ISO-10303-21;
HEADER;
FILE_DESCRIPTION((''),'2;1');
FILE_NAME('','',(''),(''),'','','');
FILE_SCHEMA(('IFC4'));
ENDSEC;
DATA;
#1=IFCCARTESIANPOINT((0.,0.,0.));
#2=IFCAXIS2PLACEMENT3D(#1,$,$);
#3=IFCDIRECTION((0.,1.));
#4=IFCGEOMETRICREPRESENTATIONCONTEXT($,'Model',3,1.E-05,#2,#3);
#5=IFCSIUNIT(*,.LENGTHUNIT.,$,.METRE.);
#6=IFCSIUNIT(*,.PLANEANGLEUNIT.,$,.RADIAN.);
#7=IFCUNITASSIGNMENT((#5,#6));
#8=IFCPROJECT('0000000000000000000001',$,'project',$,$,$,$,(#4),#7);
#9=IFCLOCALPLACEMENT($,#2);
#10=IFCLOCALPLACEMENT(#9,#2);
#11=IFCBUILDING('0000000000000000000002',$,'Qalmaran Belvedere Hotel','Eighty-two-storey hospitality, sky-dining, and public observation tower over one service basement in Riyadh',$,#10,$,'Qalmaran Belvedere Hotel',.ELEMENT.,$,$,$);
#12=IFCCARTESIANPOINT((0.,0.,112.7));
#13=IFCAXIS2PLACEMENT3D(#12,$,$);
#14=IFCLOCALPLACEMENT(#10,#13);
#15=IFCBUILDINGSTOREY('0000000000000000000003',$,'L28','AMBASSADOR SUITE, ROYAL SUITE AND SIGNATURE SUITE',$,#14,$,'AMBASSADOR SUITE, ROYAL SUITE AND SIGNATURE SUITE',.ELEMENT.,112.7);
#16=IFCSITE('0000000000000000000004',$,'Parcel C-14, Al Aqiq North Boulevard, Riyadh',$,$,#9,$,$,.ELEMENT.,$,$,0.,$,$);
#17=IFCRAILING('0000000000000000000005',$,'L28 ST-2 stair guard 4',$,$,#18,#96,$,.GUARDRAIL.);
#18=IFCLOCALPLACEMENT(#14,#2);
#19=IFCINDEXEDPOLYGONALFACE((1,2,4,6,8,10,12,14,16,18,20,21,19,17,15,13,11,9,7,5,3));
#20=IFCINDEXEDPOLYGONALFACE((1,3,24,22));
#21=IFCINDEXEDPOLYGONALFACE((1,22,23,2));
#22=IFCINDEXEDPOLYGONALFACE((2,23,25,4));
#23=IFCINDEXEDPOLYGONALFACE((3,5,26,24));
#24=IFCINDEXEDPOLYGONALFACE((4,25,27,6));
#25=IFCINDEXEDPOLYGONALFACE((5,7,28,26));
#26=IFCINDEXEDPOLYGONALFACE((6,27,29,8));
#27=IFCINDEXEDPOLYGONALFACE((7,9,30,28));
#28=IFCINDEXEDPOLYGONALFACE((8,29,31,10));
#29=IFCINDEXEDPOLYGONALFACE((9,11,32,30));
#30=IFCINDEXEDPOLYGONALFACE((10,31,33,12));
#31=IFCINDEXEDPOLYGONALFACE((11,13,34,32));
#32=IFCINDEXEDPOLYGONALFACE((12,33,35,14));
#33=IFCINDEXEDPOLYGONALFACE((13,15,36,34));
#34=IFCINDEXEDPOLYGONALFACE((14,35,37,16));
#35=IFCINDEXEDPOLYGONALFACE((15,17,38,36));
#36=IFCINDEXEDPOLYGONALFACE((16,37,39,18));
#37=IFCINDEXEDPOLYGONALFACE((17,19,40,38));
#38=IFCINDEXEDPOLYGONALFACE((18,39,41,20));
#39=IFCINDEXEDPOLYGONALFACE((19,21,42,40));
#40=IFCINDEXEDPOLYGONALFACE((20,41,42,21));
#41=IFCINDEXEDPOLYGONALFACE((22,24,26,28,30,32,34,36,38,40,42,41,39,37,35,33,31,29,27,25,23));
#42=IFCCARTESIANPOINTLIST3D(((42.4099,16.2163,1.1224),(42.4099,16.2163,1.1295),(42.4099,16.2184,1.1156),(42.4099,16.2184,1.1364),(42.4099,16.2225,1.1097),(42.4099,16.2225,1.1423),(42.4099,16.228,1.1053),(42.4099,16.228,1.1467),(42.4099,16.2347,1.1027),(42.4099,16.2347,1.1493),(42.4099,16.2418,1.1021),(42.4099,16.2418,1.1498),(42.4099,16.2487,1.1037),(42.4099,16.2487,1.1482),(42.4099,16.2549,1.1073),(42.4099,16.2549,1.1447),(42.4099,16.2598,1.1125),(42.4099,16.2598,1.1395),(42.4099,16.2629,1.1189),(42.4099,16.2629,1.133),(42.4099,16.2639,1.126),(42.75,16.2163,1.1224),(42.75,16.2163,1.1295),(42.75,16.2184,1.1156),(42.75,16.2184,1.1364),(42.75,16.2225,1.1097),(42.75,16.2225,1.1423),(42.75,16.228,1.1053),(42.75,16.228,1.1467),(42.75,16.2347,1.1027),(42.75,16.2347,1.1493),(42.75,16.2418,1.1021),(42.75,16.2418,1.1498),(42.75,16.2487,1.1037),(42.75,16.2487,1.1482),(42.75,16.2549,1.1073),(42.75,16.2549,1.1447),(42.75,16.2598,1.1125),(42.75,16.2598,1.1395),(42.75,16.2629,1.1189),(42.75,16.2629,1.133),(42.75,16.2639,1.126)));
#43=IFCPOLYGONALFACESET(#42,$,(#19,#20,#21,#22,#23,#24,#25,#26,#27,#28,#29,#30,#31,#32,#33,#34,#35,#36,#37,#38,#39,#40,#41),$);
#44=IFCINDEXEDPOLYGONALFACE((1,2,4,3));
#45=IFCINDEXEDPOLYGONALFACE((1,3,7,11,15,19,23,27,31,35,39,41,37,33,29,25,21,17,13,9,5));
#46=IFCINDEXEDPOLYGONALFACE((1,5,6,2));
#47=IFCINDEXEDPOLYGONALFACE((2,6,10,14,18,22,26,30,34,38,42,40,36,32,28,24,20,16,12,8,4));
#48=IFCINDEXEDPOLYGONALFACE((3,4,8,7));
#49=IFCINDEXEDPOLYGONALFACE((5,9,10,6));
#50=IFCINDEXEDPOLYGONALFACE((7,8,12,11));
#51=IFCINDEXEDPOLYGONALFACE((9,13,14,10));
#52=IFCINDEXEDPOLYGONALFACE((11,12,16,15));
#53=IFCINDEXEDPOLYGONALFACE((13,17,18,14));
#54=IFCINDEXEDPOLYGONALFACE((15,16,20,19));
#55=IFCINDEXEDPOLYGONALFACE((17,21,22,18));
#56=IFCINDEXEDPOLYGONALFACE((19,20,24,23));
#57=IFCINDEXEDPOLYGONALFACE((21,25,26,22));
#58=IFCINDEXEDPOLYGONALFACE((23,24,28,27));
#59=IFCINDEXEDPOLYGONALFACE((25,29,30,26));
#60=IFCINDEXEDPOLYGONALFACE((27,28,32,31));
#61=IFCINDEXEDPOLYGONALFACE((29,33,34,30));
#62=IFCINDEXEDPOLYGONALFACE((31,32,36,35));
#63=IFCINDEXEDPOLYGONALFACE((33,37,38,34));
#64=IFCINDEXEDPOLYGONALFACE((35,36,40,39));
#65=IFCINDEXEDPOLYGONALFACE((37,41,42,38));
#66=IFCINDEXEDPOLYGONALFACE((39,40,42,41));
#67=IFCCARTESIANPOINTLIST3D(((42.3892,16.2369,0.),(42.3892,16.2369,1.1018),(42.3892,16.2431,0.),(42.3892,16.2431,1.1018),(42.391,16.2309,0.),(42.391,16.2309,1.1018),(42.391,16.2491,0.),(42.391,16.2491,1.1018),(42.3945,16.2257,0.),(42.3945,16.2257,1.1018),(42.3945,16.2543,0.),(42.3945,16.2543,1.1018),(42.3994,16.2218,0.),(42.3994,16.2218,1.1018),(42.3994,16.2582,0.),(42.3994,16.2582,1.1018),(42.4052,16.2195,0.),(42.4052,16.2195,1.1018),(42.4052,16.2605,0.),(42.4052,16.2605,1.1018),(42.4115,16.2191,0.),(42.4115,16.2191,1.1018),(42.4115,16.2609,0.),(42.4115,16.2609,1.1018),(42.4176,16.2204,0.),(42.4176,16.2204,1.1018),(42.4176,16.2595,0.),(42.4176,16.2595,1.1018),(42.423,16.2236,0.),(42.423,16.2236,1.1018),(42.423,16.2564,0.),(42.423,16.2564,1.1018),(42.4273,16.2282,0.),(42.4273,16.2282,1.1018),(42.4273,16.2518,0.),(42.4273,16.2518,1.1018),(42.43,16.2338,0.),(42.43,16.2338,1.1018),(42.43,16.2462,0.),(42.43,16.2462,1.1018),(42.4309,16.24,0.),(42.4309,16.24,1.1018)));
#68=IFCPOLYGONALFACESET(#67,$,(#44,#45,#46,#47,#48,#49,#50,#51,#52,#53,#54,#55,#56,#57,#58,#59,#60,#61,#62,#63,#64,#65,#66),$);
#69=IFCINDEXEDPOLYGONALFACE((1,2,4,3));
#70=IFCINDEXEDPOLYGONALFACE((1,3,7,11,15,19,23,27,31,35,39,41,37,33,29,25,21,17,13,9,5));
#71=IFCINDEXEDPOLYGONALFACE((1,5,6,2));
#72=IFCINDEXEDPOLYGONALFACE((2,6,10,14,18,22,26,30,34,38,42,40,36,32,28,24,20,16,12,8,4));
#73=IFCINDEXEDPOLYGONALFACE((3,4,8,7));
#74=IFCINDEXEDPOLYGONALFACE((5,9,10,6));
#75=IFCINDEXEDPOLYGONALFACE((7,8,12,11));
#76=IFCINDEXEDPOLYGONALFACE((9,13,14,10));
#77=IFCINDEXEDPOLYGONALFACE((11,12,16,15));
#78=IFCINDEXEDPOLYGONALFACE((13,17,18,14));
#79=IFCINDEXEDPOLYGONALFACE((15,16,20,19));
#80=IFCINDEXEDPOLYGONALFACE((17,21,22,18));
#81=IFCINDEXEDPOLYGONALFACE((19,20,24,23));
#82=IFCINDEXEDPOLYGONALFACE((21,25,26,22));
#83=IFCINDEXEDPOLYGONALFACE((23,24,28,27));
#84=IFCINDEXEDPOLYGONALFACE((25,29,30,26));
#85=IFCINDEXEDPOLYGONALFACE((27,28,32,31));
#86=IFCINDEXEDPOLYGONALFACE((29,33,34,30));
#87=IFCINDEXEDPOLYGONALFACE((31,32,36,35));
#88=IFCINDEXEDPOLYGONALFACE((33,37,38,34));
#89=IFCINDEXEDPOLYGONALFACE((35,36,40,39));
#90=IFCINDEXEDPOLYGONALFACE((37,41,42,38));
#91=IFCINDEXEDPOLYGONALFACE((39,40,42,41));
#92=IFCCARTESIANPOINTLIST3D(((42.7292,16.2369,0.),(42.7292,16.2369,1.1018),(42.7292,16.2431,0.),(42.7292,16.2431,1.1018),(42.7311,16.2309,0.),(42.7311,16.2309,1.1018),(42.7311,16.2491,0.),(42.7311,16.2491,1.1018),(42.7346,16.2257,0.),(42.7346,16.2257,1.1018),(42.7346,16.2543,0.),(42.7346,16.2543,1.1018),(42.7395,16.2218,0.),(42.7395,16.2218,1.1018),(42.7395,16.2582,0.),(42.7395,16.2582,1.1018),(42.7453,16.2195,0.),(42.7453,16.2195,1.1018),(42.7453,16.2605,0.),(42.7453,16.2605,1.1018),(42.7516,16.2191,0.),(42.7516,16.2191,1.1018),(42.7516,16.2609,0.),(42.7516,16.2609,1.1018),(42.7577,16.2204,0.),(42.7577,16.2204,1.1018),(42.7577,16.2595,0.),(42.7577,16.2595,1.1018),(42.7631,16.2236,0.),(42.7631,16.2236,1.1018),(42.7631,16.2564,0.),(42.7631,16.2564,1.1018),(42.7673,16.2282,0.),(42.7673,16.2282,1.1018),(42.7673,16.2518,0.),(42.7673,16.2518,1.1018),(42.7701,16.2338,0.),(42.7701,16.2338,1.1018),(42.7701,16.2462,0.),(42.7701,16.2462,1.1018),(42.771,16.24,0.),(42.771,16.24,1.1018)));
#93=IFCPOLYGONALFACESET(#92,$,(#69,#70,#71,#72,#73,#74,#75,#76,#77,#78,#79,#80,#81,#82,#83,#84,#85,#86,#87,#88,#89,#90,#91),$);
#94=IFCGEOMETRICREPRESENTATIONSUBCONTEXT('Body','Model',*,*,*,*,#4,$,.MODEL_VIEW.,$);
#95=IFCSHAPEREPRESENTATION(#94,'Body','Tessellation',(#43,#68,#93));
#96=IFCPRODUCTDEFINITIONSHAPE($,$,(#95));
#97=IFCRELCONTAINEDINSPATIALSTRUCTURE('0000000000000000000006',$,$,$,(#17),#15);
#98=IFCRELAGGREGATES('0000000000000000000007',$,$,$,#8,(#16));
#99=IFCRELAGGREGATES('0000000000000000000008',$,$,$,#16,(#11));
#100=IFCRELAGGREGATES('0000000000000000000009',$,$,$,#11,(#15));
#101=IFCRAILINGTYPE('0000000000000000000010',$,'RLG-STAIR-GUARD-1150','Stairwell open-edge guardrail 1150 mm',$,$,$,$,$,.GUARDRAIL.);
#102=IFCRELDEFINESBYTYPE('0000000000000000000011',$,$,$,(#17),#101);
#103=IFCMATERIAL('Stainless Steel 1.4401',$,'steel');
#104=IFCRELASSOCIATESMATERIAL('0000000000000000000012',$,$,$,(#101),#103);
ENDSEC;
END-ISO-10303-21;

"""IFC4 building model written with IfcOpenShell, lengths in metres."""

from ifc_helpers import new_model, si_unit, direction, frame, origin, origin_2d, place, context, subcontext, project, spatial, circle, extrude, material, type_object, element, save


model = new_model("IFC4")

# Units and contexts
model_context = context("Model", 3, precision=1e-05, world=origin(), true_north=direction((0.0, 1.0)))
body_context = subcontext(model_context, "Body", "Model", "MODEL_VIEW")
ifc_project = project(units=[si_unit("LENGTHUNIT", "METRE"), si_unit("PLANEANGLEUNIT", "RADIAN")], contexts=[model_context])

# Site, building, storey
site_placement = place(None, origin())
site = spatial("IfcSite", under=ifc_project, at=site_placement, Name="Parcel C-14, Al Aqiq North Boulevard, Riyadh", CompositionType="ELEMENT", RefElevation=0.0)
building_placement = place(site_placement, origin())
building = spatial("IfcBuilding", under=site, at=building_placement, Name="Qalmaran Belvedere Hotel", Description="Eighty-two-storey hospitality, sky-dining, and public observation tower over one service basement in Riyadh", LongName="Qalmaran Belvedere Hotel", CompositionType="ELEMENT")
storey_placement = place(building_placement, frame((0.0, 0.0, 112.7)))
storey = spatial("IfcBuildingStorey", under=building, at=storey_placement, Name="L28", Description="AMBASSADOR SUITE, ROYAL SUITE AND SIGNATURE SUITE", LongName="AMBASSADOR SUITE, ROYAL SUITE AND SIGNATURE SUITE", CompositionType="ELEMENT", Elevation=112.7)

# Shared definitions
ifc_material_1 = material(Name="Stainless Steel 1.4401", Category="steel")

# Railing
railing_type_1 = type_object("IfcRailingType", Name="RLG-STAIR-GUARD-1150", Description="Stairwell open-edge guardrail 1150 mm", PredefinedType="GUARDRAIL", material=ifc_material_1)
railing_1_placement = place(storey_placement, frame((42.4099, 16.24, 0.0)))
element("IfcRailing", 1, at=railing_1_placement, inside=storey, type_object=railing_type_1, Name="L28 ST-2 stair guard 4", PredefinedType="GUARDRAIL", context=body_context, shape_type="SweptSolid", body=[
    extrude(circle(Radius=0.0239, at=origin_2d()), frame((0.0, 0.0, 1.126), z_axis=(1.0, 0.0, 0.0), x_axis=(0.0, 1.0, 0.0)), (0.0, 0.0, 1.0), 0.3401),
    extrude(circle(Radius=0.021, at=origin_2d()), origin(), (0.0, 0.0, 1.0), 1.1018),
    extrude(circle(Radius=0.021, at=origin_2d()), frame((0.3401, 0.0, 0.0)), (0.0, 0.0, 1.0), 1.1018),
])

save(model, "model.ifc")
